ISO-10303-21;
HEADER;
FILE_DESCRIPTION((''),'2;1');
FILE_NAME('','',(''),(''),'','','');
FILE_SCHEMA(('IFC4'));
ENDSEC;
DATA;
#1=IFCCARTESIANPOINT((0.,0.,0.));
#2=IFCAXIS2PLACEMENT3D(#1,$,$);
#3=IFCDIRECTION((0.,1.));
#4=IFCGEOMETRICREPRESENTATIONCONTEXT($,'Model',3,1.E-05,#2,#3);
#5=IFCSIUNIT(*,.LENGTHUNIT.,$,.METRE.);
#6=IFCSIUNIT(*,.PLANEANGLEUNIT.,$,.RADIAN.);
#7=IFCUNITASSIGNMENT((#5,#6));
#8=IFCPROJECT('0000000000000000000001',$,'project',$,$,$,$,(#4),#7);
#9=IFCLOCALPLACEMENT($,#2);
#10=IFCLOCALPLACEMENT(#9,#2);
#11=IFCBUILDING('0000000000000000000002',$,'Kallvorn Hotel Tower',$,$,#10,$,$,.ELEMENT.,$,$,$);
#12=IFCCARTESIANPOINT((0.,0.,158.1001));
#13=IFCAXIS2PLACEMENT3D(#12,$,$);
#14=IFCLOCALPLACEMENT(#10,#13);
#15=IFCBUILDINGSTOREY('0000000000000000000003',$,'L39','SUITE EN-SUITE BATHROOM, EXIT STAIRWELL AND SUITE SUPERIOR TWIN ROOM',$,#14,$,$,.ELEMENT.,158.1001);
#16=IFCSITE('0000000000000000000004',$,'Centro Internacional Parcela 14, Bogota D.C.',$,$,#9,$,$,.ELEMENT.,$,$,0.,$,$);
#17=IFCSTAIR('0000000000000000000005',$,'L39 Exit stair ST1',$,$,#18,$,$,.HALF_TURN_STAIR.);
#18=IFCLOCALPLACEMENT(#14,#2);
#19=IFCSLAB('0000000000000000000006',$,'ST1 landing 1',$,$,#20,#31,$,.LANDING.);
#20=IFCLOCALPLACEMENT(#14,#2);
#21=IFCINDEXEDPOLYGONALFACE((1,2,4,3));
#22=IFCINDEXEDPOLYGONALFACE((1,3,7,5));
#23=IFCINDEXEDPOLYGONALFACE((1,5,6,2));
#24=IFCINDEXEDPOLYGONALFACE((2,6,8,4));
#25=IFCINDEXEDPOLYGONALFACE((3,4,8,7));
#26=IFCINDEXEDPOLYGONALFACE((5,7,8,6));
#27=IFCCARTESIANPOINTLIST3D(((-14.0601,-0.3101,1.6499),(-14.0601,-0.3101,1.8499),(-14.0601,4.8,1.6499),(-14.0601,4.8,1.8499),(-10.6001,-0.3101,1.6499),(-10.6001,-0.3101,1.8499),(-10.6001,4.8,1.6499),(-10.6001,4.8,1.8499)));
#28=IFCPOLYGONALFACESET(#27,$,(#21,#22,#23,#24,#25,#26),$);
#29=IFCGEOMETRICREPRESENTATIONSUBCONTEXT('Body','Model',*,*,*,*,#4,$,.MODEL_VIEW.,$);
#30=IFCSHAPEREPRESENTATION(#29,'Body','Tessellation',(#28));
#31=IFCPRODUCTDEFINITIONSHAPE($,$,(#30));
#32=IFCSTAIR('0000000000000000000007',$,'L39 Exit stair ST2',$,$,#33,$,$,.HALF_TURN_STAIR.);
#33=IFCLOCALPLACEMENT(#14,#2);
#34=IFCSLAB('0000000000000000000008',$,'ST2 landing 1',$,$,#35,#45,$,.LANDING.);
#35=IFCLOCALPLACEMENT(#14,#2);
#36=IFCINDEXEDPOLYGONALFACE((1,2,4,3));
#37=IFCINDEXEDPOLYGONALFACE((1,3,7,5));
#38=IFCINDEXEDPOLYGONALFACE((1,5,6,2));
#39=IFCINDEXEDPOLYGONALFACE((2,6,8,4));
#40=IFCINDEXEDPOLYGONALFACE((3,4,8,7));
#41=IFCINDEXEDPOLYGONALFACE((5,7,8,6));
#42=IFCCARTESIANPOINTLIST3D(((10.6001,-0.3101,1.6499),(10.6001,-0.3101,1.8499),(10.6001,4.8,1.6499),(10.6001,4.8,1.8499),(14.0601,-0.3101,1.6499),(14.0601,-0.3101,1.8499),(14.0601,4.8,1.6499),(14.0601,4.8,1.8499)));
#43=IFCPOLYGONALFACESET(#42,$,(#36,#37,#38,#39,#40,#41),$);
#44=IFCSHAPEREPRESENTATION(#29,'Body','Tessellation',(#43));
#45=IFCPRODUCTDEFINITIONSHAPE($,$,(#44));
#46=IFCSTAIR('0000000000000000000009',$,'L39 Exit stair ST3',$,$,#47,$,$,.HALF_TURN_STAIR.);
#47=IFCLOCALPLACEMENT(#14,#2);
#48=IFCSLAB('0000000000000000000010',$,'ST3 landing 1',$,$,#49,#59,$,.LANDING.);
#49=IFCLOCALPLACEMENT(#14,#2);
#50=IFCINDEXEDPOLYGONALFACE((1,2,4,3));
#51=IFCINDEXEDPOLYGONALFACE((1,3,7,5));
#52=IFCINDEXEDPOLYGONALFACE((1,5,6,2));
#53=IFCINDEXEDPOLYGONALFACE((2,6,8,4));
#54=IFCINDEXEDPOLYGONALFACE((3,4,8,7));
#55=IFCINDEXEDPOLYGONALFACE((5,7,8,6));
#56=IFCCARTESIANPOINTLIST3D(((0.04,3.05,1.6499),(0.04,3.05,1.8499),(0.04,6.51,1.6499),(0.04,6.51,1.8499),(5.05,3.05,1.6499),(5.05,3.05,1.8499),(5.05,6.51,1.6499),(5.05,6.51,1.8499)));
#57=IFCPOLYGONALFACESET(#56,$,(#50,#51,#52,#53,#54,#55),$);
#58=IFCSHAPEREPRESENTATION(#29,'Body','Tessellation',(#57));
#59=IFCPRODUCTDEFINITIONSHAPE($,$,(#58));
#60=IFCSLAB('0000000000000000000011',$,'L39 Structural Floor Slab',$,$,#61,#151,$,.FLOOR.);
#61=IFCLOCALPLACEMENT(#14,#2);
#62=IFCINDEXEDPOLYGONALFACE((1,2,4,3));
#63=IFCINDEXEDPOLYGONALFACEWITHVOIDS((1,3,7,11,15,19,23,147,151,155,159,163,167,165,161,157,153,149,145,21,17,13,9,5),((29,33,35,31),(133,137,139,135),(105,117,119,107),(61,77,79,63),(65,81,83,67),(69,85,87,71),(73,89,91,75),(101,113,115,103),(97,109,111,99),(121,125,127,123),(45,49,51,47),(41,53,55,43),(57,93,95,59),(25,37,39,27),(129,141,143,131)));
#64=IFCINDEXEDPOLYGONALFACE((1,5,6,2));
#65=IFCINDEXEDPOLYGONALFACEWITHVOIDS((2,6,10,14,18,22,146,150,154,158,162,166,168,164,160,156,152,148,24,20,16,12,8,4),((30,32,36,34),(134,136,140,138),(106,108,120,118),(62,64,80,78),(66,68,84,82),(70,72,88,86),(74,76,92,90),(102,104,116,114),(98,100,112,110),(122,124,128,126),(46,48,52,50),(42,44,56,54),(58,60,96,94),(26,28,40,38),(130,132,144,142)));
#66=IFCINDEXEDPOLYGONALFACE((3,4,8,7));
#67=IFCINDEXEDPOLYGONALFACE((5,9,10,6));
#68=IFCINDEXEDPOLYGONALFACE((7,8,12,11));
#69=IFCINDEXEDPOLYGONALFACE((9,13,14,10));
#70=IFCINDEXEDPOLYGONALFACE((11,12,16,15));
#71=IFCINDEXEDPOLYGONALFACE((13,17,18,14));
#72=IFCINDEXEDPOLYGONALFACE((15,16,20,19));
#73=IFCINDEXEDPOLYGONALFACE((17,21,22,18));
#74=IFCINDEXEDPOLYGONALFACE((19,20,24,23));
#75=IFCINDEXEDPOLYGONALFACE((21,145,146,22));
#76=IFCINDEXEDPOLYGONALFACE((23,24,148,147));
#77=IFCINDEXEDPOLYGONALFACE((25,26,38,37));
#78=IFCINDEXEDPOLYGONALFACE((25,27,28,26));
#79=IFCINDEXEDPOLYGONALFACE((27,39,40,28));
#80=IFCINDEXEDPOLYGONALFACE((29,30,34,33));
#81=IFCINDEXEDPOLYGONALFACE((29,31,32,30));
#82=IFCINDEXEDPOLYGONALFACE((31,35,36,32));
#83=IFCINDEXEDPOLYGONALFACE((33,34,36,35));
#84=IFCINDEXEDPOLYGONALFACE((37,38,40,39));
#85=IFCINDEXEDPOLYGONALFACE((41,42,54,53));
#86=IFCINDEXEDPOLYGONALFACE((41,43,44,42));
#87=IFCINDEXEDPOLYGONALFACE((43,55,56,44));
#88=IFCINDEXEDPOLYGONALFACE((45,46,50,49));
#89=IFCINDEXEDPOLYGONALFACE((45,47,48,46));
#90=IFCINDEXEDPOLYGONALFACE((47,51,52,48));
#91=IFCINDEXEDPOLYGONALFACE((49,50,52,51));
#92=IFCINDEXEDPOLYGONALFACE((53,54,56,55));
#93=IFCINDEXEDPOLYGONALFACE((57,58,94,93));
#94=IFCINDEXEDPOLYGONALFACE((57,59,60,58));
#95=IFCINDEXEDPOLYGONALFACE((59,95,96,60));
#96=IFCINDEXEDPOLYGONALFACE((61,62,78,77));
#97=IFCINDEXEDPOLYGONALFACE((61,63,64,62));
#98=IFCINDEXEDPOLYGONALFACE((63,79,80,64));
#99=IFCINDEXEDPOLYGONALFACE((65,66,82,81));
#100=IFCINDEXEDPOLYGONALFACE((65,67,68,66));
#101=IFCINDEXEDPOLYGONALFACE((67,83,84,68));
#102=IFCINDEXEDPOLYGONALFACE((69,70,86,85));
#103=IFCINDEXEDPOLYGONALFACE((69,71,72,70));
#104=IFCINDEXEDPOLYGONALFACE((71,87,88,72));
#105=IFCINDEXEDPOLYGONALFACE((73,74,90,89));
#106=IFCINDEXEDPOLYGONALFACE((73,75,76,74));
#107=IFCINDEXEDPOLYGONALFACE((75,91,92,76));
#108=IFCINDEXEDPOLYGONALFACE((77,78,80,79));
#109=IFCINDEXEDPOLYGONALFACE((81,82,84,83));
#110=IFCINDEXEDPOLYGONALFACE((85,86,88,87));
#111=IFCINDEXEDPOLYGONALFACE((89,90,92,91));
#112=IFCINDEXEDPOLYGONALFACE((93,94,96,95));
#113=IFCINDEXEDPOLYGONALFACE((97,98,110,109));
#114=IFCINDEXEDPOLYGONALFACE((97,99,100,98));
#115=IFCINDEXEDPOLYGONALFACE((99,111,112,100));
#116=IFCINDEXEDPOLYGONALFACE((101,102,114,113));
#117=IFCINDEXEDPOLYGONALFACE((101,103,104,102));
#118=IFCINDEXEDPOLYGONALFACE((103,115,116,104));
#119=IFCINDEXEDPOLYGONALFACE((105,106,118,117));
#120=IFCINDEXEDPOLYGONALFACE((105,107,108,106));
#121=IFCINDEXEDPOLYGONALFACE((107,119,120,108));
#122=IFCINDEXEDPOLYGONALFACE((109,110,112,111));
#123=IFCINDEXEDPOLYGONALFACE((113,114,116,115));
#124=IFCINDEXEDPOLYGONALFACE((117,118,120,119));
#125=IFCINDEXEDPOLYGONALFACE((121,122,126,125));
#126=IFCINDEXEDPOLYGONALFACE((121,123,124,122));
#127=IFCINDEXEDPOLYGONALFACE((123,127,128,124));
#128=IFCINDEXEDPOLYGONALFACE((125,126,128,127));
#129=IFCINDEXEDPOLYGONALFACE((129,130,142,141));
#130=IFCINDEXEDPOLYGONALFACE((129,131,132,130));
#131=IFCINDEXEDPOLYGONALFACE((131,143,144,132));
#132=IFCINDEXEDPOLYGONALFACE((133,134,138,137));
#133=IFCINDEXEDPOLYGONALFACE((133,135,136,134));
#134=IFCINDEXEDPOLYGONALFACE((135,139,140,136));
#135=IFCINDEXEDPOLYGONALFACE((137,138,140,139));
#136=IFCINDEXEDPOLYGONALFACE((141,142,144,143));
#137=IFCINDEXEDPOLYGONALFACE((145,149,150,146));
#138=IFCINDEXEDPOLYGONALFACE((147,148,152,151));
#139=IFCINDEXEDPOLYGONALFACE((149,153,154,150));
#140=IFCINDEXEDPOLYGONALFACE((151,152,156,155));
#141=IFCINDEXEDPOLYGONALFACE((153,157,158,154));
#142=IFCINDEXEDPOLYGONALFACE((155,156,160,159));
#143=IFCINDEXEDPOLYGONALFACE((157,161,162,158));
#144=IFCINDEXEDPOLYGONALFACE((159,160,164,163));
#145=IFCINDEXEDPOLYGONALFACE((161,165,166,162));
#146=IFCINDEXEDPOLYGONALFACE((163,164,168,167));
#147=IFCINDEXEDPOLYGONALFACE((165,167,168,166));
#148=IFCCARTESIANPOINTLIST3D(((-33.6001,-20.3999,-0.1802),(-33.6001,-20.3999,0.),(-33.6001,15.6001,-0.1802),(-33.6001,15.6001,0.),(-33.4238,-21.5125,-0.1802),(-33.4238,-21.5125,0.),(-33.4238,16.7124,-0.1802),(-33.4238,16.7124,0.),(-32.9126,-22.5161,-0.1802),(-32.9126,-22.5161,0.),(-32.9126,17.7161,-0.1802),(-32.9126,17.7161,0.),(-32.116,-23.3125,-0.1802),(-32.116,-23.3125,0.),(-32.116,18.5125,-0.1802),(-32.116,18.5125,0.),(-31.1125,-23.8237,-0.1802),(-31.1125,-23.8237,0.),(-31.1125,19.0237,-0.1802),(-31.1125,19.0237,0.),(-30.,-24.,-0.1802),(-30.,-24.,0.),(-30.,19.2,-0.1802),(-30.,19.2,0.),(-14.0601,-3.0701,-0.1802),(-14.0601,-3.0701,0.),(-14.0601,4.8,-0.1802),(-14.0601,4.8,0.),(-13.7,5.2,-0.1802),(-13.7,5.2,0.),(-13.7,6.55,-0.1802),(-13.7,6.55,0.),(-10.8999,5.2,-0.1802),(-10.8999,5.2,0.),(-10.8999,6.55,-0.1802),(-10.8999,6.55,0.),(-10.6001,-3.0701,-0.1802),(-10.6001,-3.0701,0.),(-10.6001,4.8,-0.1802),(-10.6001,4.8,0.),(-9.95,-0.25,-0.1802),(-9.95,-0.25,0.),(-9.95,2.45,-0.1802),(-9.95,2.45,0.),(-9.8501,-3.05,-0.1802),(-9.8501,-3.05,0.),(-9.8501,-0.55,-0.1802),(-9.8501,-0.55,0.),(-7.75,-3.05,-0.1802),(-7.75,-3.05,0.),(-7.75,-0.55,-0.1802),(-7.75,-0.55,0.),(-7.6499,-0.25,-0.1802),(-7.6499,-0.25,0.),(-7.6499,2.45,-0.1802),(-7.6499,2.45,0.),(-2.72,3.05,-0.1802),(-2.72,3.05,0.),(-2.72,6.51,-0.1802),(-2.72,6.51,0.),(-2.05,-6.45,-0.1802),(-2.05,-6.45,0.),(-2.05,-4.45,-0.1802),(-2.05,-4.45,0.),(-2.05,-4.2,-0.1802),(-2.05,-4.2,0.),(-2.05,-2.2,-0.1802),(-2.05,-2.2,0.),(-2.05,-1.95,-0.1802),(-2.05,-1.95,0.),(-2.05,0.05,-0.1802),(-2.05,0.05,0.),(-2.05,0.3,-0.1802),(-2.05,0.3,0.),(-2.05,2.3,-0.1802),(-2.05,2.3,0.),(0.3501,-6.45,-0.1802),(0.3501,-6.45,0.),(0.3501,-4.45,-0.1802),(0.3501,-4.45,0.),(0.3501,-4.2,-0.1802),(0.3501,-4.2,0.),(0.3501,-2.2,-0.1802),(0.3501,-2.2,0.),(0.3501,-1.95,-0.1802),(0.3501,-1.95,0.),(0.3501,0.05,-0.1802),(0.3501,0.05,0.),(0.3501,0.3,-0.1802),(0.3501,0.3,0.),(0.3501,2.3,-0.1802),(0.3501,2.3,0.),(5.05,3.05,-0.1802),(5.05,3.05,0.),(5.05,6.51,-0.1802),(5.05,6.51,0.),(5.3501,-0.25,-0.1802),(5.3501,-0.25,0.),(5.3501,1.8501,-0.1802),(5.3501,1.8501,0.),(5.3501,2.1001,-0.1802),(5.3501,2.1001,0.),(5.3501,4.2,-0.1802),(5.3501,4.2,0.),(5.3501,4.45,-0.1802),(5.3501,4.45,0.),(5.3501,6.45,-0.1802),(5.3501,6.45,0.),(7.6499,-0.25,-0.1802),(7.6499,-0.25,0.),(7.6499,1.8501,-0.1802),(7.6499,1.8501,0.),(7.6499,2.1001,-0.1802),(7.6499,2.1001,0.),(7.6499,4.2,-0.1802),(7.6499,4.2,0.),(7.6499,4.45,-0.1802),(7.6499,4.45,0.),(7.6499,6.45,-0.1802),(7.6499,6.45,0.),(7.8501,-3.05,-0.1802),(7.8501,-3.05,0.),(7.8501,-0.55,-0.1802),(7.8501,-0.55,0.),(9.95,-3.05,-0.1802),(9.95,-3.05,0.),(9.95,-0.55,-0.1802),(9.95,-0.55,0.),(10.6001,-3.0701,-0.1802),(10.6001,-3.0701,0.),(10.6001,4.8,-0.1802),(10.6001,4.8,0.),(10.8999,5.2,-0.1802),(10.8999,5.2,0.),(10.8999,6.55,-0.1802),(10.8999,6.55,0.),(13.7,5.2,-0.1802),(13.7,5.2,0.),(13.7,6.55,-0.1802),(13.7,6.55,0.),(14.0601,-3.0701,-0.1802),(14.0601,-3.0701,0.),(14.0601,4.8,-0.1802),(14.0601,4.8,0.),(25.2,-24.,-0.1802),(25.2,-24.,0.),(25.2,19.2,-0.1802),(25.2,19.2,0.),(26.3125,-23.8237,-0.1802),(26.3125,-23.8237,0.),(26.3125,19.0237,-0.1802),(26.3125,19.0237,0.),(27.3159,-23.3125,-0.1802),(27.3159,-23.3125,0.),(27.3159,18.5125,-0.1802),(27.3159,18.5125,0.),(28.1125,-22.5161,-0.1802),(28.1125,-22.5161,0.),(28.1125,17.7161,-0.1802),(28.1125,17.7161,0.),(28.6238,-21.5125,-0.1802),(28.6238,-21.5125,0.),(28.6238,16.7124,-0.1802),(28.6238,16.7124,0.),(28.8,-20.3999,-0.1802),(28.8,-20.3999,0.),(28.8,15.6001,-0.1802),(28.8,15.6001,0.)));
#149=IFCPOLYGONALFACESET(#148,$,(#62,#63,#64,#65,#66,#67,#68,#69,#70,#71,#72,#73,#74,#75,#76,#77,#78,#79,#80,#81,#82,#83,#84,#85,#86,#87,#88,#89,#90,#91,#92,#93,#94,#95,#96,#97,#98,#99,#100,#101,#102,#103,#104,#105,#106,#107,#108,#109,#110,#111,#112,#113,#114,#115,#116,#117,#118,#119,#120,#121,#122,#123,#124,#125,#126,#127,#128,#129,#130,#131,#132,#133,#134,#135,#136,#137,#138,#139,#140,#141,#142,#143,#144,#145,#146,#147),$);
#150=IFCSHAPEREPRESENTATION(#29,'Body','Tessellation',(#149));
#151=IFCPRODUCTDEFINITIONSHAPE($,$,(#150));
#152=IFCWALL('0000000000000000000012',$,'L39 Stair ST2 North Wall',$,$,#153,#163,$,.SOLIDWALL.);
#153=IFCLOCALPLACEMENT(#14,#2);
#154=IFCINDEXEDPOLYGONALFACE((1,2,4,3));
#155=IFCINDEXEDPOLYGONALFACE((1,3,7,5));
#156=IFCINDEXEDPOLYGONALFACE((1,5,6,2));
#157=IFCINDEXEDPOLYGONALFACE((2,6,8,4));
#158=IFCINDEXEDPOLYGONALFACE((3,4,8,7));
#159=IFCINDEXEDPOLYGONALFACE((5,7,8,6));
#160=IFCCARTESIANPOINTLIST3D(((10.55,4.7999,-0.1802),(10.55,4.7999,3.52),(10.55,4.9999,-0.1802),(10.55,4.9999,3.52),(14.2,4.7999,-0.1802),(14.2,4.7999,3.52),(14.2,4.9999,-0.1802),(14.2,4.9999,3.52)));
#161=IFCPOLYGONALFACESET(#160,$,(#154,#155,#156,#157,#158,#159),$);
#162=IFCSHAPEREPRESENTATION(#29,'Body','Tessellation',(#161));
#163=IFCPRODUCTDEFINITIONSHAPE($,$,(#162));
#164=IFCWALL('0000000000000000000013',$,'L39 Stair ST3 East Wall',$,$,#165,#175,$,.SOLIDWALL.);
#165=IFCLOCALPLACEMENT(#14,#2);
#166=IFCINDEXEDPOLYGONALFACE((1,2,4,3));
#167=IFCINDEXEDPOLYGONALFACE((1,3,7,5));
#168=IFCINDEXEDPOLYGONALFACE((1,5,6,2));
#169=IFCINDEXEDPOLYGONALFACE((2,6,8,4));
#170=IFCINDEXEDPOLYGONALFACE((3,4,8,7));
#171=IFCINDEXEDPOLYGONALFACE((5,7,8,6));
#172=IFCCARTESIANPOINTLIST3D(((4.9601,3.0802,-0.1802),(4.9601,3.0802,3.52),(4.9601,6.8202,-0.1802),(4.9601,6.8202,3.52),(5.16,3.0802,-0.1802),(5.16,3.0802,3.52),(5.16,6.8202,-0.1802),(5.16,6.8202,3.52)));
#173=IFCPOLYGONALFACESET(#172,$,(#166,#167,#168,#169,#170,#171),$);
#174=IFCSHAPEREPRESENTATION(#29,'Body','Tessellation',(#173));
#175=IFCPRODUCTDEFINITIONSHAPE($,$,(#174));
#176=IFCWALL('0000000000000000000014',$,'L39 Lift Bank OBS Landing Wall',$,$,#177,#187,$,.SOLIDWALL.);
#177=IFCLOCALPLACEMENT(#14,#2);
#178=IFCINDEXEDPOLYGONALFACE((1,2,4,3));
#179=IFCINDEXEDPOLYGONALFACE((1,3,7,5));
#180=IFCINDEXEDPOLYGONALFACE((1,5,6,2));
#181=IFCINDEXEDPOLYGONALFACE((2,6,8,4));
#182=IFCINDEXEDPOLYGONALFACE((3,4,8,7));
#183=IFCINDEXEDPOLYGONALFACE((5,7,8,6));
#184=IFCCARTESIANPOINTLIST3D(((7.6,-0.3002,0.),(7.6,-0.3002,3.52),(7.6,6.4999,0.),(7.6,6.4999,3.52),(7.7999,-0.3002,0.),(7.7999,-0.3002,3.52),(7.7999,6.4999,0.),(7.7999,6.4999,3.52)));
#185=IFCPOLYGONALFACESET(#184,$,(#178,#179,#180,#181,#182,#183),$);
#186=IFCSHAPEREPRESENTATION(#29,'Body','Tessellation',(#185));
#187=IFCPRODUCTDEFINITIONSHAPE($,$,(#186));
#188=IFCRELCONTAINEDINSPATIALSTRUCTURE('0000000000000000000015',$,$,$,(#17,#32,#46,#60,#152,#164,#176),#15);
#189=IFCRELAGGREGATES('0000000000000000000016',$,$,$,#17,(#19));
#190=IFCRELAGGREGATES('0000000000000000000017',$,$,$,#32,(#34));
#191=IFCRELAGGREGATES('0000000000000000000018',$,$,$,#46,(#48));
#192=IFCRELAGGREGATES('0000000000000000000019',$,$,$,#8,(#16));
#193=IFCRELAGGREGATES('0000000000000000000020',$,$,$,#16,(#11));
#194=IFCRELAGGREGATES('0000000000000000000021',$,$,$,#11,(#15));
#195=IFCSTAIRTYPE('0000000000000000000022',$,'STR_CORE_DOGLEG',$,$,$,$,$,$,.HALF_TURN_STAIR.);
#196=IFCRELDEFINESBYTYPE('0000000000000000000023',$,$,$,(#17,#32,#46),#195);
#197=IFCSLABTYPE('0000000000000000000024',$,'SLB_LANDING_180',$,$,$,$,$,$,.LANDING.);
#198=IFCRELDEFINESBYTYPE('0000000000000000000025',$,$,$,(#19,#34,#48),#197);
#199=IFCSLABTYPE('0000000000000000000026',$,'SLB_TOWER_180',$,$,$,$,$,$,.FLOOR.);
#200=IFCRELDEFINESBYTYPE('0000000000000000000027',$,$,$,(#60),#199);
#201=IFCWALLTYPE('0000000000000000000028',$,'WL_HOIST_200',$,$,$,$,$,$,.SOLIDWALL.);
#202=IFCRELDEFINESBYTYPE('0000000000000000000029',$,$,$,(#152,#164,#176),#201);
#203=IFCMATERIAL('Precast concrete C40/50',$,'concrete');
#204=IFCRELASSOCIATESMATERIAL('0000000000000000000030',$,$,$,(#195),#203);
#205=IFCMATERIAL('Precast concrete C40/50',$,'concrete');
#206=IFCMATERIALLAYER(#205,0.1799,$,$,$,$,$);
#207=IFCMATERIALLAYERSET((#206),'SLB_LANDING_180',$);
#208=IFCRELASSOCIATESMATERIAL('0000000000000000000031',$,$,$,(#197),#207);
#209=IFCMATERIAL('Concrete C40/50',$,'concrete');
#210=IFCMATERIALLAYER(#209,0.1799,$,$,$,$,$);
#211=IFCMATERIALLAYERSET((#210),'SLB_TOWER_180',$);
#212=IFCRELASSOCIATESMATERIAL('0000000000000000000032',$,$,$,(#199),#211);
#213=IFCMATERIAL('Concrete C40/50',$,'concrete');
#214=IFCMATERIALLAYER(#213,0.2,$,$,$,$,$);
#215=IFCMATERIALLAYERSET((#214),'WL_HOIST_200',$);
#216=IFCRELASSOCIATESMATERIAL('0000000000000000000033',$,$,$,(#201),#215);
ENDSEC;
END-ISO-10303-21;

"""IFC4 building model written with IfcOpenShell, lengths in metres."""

from ifc_helpers import new_model, si_unit, direction, frame, frame_2d, origin, place, context, subcontext, project, spatial, polyline, rectangle, outline, extrude, material, layer, layer_set, type_object, element, aggregate, save


model = new_model("IFC4")

# Units and contexts
model_context = context("Model", 3, precision=1e-05, world=origin(), true_north=direction((0.0, 1.0)))
body_context = subcontext(model_context, "Body", "Model", "MODEL_VIEW")
ifc_project = project(units=[si_unit("LENGTHUNIT", "METRE"), si_unit("PLANEANGLEUNIT", "RADIAN")], contexts=[model_context])

# Site, building, storey
site_placement = place(None, origin())
site = spatial("IfcSite", under=ifc_project, at=site_placement, Name="Centro Internacional Parcela 14, Bogota D.C.", CompositionType="ELEMENT", RefElevation=0.0)
building_placement = place(site_placement, origin())
building = spatial("IfcBuilding", under=site, at=building_placement, Name="Kallvorn Hotel Tower", CompositionType="ELEMENT")
storey_placement = place(building_placement, frame((0.0, 0.0, 158.1001)))
storey = spatial("IfcBuildingStorey", under=building, at=storey_placement, Name="L39", Description="SUITE EN-SUITE BATHROOM, EXIT STAIRWELL AND SUITE SUPERIOR TWIN ROOM", CompositionType="ELEMENT", Elevation=158.1001)

# Stairs, slabs
ifc_material_1 = material(Name="Precast concrete C40/50", Category="concrete")
stair_type = type_object("IfcStairType", Name="STR_CORE_DOGLEG", PredefinedType="HALF_TURN_STAIR", material=ifc_material_1)
stair_1_placement = place(storey_placement, origin())
stair_1 = element("IfcStair", 1, at=stair_1_placement, inside=storey, type_object=stair_type, Name="L39 Exit stair ST1", PredefinedType="HALF_TURN_STAIR")
ifc_material_2 = material(Name="Precast concrete C40/50", Category="concrete")
ifc_layer_1 = layer(ifc_material_2, 0.1799)
ifc_layer_set_1 = layer_set([ifc_layer_1], Name="SLB_LANDING_180")
slab_type_1 = type_object("IfcSlabType", Name="SLB_LANDING_180", PredefinedType="LANDING", material=ifc_layer_set_1)
slab_1_placement = place(storey_placement, frame((0.0, 0.0, 1.6499)))
slab_1 = element("IfcSlab", 2, at=slab_1_placement, type_object=slab_type_1, Name="ST1 landing 1", PredefinedType="LANDING", context=body_context, shape_type="SweptSolid", body=[
    extrude(outline(polyline([(-10.6001, -0.3101), (-10.6001, 4.8), (-14.0601, 4.8), (-14.0601, -0.3101), (-10.6001, -0.3101)])), origin(), (0.0, 0.0, 1.0), 0.2),
])
aggregate(stair_1, [slab_1])
stair_2_placement = place(storey_placement, origin())
stair_2 = element("IfcStair", 3, at=stair_2_placement, inside=storey, type_object=stair_type, Name="L39 Exit stair ST2", PredefinedType="HALF_TURN_STAIR")
slab_2_placement = place(storey_placement, frame((0.0, 0.0, 1.6499)))
slab_2 = element("IfcSlab", 4, at=slab_2_placement, type_object=slab_type_1, Name="ST2 landing 1", PredefinedType="LANDING", context=body_context, shape_type="SweptSolid", body=[
    extrude(outline(polyline([(14.0601, -0.3101), (14.0601, 4.8), (10.6001, 4.8), (10.6001, -0.3101), (14.0601, -0.3101)])), origin(), (0.0, 0.0, 1.0), 0.2),
])
aggregate(stair_2, [slab_2])
stair_3_placement = place(storey_placement, origin())
stair_3 = element("IfcStair", 5, at=stair_3_placement, inside=storey, type_object=stair_type, Name="L39 Exit stair ST3", PredefinedType="HALF_TURN_STAIR")
slab_3_placement = place(storey_placement, frame((0.0, 0.0, 1.6499)))
slab_3 = element("IfcSlab", 6, at=slab_3_placement, type_object=slab_type_1, Name="ST3 landing 1", PredefinedType="LANDING", context=body_context, shape_type="SweptSolid", body=[
    extrude(outline(polyline([(0.04, 3.05), (5.05, 3.05), (5.05, 6.51), (0.04, 6.51), (0.04, 3.05)])), origin(), (0.0, 0.0, 1.0), 0.2),
])

# Slab
ifc_material_3 = material(Name="Concrete C40/50", Category="concrete")
ifc_layer_2 = layer(ifc_material_3, 0.1799)
ifc_layer_set_2 = layer_set([ifc_layer_2], Name="SLB_TOWER_180")
slab_type_2 = type_object("IfcSlabType", Name="SLB_TOWER_180", PredefinedType="FLOOR", material=ifc_layer_set_2)
slab_4_placement = place(storey_placement, frame((0.0, 0.0, -0.1802)))
element("IfcSlab", 7, at=slab_4_placement, inside=storey, type_object=slab_type_2, Name="L39 Structural Floor Slab", PredefinedType="FLOOR", context=body_context, shape_type="SweptSolid", body=[
    extrude(outline(polyline([(25.2, -24.0), (26.3125, -23.8237), (27.3159, -23.3125), (28.1125, -22.5161), (28.6238, -21.5125), (28.8, -20.3999), (28.8, 15.6001), (28.6238, 16.7124), (28.1125, 17.7161), (27.3159, 18.5125), (26.3125, 19.0237), (25.2, 19.2), (-30.0, 19.2), (-31.1125, 19.0237), (-32.116, 18.5125), (-32.9126, 17.7161), (-33.4238, 16.7124), (-33.6001, 15.6001), (-33.6001, -20.3999), (-33.4238, -21.5125), (-32.9126, -22.5161), (-32.116, -23.3125), (-31.1125, -23.8237), (-30.0, -24.0), (25.2, -24.0)]), holes=[polyline([(-10.6001, -3.0701), (-10.6001, 4.8), (-14.0601, 4.8), (-14.0601, -3.0701), (-10.6001, -3.0701)]), polyline([(14.0601, -3.0701), (14.0601, 4.8), (10.6001, 4.8), (10.6001, -3.0701), (14.0601, -3.0701)]), polyline([(-2.72, 3.05), (5.05, 3.05), (5.05, 6.51), (-2.72, 6.51), (-2.72, 3.05)]), polyline([(-2.05, -6.45), (0.3501, -6.45), (0.3501, -4.45), (-2.05, -4.45), (-2.05, -6.45)]), polyline([(-2.05, -4.2), (0.3501, -4.2), (0.3501, -2.2), (-2.05, -2.2), (-2.05, -4.2)]), polyline([(-2.05, -1.95), (0.3501, -1.95), (0.3501, 0.05), (-2.05, 0.05), (-2.05, -1.95)]), polyline([(-2.05, 0.3), (0.3501, 0.3), (0.3501, 2.3), (-2.05, 2.3), (-2.05, 0.3)]), polyline([(5.3501, -0.25), (7.6499, -0.25), (7.6499, 1.8501), (5.3501, 1.8501), (5.3501, -0.25)]), polyline([(5.3501, 2.1001), (7.6499, 2.1001), (7.6499, 4.2), (5.3501, 4.2), (5.3501, 2.1001)]), polyline([(5.3501, 4.45), (7.6499, 4.45), (7.6499, 6.45), (5.3501, 6.45), (5.3501, 4.45)]), polyline([(-9.8501, -3.05), (-7.75, -3.05), (-7.75, -0.55), (-9.8501, -0.55), (-9.8501, -3.05)]), polyline([(7.8501, -3.05), (9.95, -3.05), (9.95, -0.55), (7.8501, -0.55), (7.8501, -3.05)]), polyline([(-9.95, -0.25), (-7.6499, -0.25), (-7.6499, 2.45), (-9.95, 2.45), (-9.95, -0.25)]), polyline([(-13.7, 5.2), (-10.8999, 5.2), (-10.8999, 6.55), (-13.7, 6.55), (-13.7, 5.2)]), polyline([(10.8999, 5.2), (13.7, 5.2), (13.7, 6.55), (10.8999, 6.55), (10.8999, 5.2)])]), origin(), (0.0, 0.0, 1.0), 0.1802),
])

# Walls
ifc_material_4 = material(Name="Concrete C40/50", Category="concrete")
ifc_layer_3 = layer(ifc_material_4, 0.2)
ifc_layer_set_3 = layer_set([ifc_layer_3], Name="WL_HOIST_200")
wall_type_1 = type_object("IfcWallType", Name="WL_HOIST_200", PredefinedType="SOLIDWALL", material=ifc_layer_set_3)
wall_1_placement = place(storey_placement, frame((10.55, 4.8999, -0.1802), z_axis=(0.0, 0.0, 1.0), x_axis=(1.0, 0.0, 0.0)))
element("IfcWall", 8, at=wall_1_placement, inside=storey, type_object=wall_type_1, Name="L39 Stair ST2 North Wall", PredefinedType="SOLIDWALL", context=body_context, shape_type="SweptSolid", body=[
    extrude(rectangle(XDim=3.6499, YDim=0.2, at=frame_2d((1.825, 0.0))), origin(), (0.0, 0.0, 1.0), 3.7002),
])
wall_2_placement = place(storey_placement, frame((5.0601, 3.0801, -0.1802), z_axis=(0.0, 0.0, 1.0), x_axis=(0.0, 1.0, 0.0)))
element("IfcWall", 9, at=wall_2_placement, inside=storey, type_object=wall_type_1, Name="L39 Stair ST3 East Wall", PredefinedType="SOLIDWALL", context=body_context, shape_type="SweptSolid", body=[
    extrude(rectangle(XDim=3.74, YDim=0.2, at=frame_2d((1.8701, 0.0))), origin(), (0.0, 0.0, 1.0), 3.7002),
])
for number, where, z_axis, x_axis, name in (
    (10, (7.7, -0.3, 0.0), (0.0, 0.0, 1.0), (0.0, 1.0, 0.0), "L39 Lift Bank OBS Landing Wall"),
):
    element("IfcWall", number, at=place(storey_placement, frame(where, z_axis=z_axis, x_axis=x_axis)), inside=storey, type_object=wall_type_1, Name=name, PredefinedType="SOLIDWALL", context=body_context, shape_type="SweptSolid", body=[
        extrude(rectangle(XDim=6.8, YDim=0.2, at=frame_2d((3.3999, 0.0))), origin(), (0.0, 0.0, 1.0), 3.52),
    ])

aggregate(stair_3, [slab_3])

save(model, "model.ifc")
